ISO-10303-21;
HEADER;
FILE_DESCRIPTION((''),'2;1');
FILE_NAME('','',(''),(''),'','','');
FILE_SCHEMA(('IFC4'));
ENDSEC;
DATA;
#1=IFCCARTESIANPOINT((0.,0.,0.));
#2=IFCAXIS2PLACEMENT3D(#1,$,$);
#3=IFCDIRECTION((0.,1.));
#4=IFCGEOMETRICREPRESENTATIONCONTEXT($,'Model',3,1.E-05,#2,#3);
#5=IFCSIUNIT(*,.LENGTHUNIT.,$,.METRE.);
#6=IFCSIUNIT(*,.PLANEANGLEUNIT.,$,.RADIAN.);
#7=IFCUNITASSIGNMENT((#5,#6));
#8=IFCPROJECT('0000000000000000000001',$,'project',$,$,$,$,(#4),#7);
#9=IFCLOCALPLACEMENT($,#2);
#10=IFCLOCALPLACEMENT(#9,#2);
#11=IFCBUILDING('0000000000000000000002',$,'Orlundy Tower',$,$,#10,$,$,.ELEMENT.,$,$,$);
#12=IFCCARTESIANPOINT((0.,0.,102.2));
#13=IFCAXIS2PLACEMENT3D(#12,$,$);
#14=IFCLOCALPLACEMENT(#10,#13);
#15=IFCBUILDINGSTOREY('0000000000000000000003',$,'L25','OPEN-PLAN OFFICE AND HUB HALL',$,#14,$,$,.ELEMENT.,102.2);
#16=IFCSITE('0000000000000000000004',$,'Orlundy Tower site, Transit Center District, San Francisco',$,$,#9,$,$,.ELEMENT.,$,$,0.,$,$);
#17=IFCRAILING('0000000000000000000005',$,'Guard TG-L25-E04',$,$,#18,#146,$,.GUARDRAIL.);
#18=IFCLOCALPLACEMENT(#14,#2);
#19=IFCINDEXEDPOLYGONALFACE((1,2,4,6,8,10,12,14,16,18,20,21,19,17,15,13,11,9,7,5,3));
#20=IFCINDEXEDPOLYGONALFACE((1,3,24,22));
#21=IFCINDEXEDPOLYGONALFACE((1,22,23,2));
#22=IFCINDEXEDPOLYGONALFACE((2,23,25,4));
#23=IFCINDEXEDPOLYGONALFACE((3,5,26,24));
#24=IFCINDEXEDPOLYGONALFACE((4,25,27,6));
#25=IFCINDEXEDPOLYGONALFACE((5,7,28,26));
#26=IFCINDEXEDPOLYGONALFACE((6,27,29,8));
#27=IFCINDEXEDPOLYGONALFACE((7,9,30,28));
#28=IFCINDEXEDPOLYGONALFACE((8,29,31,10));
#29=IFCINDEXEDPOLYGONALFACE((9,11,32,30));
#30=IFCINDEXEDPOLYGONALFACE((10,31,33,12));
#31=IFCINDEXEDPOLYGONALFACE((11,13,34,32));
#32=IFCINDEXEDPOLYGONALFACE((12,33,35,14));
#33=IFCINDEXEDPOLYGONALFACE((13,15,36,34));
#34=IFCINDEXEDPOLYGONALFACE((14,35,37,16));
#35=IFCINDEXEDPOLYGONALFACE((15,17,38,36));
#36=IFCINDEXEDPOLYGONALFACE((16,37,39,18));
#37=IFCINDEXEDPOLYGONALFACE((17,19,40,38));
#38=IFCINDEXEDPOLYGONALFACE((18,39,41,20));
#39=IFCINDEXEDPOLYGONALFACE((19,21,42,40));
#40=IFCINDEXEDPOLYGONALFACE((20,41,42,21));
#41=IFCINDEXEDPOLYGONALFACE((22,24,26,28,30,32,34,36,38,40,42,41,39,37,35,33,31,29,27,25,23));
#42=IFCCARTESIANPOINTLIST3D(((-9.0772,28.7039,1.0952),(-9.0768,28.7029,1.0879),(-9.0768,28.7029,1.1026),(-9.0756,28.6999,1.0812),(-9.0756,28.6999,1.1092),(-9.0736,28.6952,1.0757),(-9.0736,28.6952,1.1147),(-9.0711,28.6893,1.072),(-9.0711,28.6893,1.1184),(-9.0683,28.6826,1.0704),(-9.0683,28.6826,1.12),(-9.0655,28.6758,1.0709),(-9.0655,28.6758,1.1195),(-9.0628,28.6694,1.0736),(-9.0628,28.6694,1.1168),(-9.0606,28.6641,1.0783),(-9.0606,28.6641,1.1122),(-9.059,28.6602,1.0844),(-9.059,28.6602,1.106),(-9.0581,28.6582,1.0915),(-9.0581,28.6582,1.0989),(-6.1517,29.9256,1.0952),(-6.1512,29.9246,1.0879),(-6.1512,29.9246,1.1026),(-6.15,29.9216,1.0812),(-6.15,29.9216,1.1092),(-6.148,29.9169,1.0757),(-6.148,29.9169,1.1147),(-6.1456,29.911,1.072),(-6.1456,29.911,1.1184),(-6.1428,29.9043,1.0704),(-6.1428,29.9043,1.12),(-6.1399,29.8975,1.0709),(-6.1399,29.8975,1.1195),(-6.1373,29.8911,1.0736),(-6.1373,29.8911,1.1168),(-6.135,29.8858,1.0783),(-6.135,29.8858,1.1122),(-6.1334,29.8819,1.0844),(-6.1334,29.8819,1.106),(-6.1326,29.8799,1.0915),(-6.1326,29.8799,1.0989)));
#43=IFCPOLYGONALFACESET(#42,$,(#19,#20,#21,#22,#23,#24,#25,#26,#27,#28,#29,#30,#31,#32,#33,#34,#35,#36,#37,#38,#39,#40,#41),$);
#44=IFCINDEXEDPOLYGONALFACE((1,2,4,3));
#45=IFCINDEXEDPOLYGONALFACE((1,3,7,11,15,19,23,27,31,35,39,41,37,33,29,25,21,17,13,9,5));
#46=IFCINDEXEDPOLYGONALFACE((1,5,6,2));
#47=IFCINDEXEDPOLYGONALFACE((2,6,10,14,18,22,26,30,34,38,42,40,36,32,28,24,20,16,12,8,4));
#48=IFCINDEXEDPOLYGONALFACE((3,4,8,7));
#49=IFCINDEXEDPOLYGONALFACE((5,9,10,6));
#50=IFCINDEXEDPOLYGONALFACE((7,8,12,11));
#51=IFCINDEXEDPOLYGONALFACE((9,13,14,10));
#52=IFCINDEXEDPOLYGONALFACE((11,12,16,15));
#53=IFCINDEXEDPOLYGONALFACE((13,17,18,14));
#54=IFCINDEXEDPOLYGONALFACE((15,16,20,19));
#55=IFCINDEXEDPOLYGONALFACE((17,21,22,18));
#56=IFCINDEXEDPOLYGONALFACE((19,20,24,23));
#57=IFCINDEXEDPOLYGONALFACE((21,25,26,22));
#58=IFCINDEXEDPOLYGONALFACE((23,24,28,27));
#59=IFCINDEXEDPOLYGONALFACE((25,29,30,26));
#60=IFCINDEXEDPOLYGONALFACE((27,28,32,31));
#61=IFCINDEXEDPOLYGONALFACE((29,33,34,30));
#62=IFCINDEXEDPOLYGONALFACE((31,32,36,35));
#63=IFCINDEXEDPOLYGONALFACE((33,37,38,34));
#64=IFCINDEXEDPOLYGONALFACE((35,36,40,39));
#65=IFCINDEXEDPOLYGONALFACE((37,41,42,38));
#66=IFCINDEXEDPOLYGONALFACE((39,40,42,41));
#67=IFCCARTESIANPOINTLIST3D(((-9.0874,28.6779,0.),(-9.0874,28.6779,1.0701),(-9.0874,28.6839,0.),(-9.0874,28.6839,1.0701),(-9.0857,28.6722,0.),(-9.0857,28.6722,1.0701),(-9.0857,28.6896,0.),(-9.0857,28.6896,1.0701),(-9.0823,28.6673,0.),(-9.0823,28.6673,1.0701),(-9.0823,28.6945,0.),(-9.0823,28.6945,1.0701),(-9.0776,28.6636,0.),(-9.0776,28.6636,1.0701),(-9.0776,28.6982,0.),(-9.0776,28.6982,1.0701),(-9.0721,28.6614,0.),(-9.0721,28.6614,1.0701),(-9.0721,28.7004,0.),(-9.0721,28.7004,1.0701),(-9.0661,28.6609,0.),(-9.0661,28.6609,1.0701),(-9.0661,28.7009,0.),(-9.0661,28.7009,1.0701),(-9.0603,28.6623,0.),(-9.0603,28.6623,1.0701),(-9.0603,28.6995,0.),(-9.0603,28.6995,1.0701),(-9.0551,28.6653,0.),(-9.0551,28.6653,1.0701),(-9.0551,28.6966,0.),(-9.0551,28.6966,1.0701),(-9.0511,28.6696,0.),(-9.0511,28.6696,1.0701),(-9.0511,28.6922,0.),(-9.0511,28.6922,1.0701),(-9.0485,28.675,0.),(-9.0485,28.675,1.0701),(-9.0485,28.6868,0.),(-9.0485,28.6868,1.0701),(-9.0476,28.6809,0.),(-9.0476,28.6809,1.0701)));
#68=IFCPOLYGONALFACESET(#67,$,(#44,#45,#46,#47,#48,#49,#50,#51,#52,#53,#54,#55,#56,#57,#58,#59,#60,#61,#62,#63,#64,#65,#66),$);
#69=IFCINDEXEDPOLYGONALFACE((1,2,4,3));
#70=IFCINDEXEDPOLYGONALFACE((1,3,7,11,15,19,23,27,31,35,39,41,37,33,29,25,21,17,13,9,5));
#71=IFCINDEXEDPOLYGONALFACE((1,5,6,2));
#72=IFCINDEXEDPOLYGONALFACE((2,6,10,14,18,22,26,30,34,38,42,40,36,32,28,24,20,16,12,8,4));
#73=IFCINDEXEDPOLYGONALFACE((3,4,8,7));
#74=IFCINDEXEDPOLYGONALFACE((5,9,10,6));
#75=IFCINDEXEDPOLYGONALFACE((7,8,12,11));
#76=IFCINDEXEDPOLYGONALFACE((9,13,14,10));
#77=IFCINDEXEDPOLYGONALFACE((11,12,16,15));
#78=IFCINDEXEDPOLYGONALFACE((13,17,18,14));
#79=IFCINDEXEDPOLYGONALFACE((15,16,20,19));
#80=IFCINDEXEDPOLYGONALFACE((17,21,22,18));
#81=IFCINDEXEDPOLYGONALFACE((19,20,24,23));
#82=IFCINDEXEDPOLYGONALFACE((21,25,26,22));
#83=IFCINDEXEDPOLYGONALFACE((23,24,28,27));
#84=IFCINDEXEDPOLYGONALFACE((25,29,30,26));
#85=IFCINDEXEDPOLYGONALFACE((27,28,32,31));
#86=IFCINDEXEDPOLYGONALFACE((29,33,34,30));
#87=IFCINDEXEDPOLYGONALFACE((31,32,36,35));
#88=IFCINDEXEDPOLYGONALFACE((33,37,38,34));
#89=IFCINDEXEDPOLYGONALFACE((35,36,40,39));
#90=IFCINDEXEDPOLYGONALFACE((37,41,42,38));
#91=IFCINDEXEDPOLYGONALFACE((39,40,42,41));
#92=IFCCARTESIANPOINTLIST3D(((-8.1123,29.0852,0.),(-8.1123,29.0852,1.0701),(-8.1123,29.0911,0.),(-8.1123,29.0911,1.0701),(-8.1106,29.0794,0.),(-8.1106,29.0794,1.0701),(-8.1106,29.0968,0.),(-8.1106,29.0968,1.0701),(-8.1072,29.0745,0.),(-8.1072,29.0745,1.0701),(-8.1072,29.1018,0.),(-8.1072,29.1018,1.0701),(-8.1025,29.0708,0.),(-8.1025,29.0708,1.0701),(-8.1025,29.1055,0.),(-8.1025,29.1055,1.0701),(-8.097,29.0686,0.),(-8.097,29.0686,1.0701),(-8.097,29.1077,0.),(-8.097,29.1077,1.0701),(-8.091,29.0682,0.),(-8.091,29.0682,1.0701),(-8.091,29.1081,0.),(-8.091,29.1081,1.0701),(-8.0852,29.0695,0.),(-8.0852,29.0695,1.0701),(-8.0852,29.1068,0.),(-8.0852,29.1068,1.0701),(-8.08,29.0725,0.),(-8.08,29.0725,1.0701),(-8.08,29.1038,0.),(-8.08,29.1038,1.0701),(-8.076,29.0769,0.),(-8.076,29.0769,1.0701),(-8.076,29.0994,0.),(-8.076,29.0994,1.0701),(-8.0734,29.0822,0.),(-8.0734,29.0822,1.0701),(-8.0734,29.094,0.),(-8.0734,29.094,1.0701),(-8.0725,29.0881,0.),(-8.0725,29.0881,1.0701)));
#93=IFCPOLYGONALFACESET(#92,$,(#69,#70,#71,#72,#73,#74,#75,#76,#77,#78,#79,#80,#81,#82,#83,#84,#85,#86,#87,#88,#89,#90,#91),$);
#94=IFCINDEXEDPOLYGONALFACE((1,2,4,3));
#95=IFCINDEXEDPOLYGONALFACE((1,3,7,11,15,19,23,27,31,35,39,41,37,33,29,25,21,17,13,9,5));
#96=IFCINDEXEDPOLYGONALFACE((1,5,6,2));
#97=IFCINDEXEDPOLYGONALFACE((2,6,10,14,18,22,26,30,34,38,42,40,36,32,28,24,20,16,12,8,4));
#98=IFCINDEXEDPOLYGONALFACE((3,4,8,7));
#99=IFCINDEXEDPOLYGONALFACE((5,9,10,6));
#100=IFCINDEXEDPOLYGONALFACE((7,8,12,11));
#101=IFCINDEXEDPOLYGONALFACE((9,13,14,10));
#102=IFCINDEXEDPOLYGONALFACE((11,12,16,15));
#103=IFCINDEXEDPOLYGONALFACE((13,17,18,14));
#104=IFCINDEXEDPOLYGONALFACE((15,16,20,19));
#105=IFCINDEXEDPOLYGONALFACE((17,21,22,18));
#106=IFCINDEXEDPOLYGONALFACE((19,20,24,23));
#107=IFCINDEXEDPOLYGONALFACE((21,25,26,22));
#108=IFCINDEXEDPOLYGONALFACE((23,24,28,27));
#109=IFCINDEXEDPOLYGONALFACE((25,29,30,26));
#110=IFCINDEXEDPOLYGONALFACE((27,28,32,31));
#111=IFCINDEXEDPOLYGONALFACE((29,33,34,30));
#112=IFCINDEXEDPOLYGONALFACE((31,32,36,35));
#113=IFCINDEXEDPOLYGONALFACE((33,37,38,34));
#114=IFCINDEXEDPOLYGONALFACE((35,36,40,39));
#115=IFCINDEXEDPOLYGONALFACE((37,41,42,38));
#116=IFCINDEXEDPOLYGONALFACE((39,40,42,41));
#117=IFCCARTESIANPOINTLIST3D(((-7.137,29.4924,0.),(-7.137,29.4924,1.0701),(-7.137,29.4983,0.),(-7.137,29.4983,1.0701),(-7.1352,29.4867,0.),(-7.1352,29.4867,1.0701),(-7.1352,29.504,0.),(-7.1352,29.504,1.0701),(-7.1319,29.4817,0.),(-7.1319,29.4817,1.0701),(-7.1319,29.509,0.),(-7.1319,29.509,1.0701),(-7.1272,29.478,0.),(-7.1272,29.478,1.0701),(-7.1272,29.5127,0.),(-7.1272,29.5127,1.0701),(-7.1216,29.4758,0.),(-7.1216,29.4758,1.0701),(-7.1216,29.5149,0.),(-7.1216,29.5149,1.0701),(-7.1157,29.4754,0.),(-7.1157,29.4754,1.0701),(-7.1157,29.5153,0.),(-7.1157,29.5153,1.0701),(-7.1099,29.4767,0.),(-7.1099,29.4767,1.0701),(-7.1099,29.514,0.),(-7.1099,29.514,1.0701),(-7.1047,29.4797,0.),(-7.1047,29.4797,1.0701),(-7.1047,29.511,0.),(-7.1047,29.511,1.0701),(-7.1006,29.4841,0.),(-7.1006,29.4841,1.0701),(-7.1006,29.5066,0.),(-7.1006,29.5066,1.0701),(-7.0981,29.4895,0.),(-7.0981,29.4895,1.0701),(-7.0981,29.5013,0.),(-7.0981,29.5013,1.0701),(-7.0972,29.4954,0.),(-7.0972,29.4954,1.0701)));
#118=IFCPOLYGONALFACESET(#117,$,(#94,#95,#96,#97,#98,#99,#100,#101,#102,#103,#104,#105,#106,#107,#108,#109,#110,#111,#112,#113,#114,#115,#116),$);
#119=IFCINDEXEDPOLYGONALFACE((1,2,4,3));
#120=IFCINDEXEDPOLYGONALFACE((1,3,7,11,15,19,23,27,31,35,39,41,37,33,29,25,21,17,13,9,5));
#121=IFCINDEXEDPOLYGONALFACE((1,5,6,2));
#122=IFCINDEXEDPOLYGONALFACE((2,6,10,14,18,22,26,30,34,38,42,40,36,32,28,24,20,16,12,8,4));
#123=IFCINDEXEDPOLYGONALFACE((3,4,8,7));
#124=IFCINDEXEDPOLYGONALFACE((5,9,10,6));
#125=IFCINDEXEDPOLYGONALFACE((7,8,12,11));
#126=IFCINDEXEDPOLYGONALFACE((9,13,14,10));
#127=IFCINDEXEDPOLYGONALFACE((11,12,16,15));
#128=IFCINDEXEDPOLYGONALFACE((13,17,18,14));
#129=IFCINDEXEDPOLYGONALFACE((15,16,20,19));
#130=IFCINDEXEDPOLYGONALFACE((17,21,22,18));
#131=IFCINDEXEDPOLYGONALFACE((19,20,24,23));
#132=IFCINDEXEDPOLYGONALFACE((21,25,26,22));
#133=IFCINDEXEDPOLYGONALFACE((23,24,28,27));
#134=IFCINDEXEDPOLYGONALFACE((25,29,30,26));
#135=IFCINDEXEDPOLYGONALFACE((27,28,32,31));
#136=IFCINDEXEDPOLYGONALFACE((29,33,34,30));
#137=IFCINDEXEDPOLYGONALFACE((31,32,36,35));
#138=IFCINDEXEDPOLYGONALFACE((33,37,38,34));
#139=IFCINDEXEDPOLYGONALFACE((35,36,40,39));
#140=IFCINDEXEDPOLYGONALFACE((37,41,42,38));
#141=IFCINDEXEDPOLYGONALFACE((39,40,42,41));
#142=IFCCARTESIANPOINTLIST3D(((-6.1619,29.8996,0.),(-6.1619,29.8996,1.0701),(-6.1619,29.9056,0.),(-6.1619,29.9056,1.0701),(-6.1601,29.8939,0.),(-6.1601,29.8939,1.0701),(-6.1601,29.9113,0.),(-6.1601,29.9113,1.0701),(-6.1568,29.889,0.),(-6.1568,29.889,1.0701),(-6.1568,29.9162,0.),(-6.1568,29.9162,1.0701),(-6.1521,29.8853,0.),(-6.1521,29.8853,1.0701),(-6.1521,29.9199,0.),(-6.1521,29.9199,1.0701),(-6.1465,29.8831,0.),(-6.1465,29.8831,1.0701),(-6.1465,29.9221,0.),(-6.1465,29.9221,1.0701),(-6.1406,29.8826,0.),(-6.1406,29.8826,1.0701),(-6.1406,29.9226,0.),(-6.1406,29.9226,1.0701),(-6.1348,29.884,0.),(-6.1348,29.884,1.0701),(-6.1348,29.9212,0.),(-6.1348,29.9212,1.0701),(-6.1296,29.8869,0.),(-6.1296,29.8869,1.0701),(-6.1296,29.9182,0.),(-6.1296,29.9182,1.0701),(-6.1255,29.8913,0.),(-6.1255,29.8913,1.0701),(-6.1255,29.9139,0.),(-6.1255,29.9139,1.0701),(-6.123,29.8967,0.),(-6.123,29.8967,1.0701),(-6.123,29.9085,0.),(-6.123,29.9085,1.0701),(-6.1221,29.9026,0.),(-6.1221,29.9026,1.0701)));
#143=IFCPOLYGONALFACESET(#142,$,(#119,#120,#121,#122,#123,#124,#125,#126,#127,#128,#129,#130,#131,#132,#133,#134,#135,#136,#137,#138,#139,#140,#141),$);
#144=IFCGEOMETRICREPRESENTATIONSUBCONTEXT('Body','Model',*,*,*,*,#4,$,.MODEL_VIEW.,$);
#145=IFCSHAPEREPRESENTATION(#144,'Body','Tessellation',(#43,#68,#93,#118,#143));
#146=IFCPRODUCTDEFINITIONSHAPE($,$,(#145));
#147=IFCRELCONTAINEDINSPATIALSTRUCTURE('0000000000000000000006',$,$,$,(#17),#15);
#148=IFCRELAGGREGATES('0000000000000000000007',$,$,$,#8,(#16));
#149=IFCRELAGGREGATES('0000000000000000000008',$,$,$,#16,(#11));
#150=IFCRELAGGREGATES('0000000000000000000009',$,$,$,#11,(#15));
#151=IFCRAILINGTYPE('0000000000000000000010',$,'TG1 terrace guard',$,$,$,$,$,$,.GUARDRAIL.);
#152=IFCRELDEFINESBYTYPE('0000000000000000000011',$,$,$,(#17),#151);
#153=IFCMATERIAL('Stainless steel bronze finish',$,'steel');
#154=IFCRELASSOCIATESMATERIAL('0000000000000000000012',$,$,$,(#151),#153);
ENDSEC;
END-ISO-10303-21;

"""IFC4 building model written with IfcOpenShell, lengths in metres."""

from ifc_helpers import new_model, si_unit, direction, frame, origin, origin_2d, place, context, subcontext, project, spatial, circle, extrude, material, type_object, element, save


model = new_model("IFC4")

# Units and contexts
model_context = context("Model", 3, precision=1e-05, world=origin(), true_north=direction((0.0, 1.0)))
body_context = subcontext(model_context, "Body", "Model", "MODEL_VIEW")
ifc_project = project(units=[si_unit("LENGTHUNIT", "METRE"), si_unit("PLANEANGLEUNIT", "RADIAN")], contexts=[model_context])

# Site, building, storey
site_placement = place(None, origin())
site = spatial("IfcSite", under=ifc_project, at=site_placement, Name="Orlundy Tower site, Transit Center District, San Francisco", CompositionType="ELEMENT", RefElevation=0.0)
building_placement = place(site_placement, origin())
building = spatial("IfcBuilding", under=site, at=building_placement, Name="Orlundy Tower", CompositionType="ELEMENT")
storey_placement = place(building_placement, frame((0.0, 0.0, 102.2)))
storey = spatial("IfcBuildingStorey", under=building, at=storey_placement, Name="L25", Description="OPEN-PLAN OFFICE AND HUB HALL", CompositionType="ELEMENT", Elevation=102.2)

# Railing
ifc_material_1 = material(Name="Stainless steel bronze finish", Category="steel")
railing_type_1 = type_object("IfcRailingType", Name="TG1 terrace guard", PredefinedType="GUARDRAIL", material=ifc_material_1)
railing_1_placement = place(storey_placement, frame((-9.0676, 28.6809, 0.0)))
element("IfcRailing", 1, at=railing_1_placement, inside=storey, type_object=railing_type_1, Name="Guard TG-L25-E04", PredefinedType="GUARDRAIL", context=body_context, shape_type="SweptSolid", body=[
    extrude(circle(Radius=0.0249, at=origin_2d()), frame((0.0, 0.0, 1.0952), z_axis=(0.922774, 0.385343, 0.0), x_axis=(-0.385343, 0.922774, 0.0)), (0.0, 0.0, 1.0), 3.1704),
    extrude(circle(Radius=0.02, at=origin_2d()), origin(), (0.0, 0.0, 1.0), 1.0701),
    extrude(circle(Radius=0.02, at=origin_2d()), frame((0.9751, 0.4072, 0.0)), (0.0, 0.0, 1.0), 1.0701),
    extrude(circle(Radius=0.02, at=origin_2d()), frame((1.9504, 0.8145, 0.0)), (0.0, 0.0, 1.0), 1.0701),
    extrude(circle(Radius=0.02, at=origin_2d()), frame((2.9255, 1.2217, 0.0)), (0.0, 0.0, 1.0), 1.0701),
])

save(model, "model.ifc")
